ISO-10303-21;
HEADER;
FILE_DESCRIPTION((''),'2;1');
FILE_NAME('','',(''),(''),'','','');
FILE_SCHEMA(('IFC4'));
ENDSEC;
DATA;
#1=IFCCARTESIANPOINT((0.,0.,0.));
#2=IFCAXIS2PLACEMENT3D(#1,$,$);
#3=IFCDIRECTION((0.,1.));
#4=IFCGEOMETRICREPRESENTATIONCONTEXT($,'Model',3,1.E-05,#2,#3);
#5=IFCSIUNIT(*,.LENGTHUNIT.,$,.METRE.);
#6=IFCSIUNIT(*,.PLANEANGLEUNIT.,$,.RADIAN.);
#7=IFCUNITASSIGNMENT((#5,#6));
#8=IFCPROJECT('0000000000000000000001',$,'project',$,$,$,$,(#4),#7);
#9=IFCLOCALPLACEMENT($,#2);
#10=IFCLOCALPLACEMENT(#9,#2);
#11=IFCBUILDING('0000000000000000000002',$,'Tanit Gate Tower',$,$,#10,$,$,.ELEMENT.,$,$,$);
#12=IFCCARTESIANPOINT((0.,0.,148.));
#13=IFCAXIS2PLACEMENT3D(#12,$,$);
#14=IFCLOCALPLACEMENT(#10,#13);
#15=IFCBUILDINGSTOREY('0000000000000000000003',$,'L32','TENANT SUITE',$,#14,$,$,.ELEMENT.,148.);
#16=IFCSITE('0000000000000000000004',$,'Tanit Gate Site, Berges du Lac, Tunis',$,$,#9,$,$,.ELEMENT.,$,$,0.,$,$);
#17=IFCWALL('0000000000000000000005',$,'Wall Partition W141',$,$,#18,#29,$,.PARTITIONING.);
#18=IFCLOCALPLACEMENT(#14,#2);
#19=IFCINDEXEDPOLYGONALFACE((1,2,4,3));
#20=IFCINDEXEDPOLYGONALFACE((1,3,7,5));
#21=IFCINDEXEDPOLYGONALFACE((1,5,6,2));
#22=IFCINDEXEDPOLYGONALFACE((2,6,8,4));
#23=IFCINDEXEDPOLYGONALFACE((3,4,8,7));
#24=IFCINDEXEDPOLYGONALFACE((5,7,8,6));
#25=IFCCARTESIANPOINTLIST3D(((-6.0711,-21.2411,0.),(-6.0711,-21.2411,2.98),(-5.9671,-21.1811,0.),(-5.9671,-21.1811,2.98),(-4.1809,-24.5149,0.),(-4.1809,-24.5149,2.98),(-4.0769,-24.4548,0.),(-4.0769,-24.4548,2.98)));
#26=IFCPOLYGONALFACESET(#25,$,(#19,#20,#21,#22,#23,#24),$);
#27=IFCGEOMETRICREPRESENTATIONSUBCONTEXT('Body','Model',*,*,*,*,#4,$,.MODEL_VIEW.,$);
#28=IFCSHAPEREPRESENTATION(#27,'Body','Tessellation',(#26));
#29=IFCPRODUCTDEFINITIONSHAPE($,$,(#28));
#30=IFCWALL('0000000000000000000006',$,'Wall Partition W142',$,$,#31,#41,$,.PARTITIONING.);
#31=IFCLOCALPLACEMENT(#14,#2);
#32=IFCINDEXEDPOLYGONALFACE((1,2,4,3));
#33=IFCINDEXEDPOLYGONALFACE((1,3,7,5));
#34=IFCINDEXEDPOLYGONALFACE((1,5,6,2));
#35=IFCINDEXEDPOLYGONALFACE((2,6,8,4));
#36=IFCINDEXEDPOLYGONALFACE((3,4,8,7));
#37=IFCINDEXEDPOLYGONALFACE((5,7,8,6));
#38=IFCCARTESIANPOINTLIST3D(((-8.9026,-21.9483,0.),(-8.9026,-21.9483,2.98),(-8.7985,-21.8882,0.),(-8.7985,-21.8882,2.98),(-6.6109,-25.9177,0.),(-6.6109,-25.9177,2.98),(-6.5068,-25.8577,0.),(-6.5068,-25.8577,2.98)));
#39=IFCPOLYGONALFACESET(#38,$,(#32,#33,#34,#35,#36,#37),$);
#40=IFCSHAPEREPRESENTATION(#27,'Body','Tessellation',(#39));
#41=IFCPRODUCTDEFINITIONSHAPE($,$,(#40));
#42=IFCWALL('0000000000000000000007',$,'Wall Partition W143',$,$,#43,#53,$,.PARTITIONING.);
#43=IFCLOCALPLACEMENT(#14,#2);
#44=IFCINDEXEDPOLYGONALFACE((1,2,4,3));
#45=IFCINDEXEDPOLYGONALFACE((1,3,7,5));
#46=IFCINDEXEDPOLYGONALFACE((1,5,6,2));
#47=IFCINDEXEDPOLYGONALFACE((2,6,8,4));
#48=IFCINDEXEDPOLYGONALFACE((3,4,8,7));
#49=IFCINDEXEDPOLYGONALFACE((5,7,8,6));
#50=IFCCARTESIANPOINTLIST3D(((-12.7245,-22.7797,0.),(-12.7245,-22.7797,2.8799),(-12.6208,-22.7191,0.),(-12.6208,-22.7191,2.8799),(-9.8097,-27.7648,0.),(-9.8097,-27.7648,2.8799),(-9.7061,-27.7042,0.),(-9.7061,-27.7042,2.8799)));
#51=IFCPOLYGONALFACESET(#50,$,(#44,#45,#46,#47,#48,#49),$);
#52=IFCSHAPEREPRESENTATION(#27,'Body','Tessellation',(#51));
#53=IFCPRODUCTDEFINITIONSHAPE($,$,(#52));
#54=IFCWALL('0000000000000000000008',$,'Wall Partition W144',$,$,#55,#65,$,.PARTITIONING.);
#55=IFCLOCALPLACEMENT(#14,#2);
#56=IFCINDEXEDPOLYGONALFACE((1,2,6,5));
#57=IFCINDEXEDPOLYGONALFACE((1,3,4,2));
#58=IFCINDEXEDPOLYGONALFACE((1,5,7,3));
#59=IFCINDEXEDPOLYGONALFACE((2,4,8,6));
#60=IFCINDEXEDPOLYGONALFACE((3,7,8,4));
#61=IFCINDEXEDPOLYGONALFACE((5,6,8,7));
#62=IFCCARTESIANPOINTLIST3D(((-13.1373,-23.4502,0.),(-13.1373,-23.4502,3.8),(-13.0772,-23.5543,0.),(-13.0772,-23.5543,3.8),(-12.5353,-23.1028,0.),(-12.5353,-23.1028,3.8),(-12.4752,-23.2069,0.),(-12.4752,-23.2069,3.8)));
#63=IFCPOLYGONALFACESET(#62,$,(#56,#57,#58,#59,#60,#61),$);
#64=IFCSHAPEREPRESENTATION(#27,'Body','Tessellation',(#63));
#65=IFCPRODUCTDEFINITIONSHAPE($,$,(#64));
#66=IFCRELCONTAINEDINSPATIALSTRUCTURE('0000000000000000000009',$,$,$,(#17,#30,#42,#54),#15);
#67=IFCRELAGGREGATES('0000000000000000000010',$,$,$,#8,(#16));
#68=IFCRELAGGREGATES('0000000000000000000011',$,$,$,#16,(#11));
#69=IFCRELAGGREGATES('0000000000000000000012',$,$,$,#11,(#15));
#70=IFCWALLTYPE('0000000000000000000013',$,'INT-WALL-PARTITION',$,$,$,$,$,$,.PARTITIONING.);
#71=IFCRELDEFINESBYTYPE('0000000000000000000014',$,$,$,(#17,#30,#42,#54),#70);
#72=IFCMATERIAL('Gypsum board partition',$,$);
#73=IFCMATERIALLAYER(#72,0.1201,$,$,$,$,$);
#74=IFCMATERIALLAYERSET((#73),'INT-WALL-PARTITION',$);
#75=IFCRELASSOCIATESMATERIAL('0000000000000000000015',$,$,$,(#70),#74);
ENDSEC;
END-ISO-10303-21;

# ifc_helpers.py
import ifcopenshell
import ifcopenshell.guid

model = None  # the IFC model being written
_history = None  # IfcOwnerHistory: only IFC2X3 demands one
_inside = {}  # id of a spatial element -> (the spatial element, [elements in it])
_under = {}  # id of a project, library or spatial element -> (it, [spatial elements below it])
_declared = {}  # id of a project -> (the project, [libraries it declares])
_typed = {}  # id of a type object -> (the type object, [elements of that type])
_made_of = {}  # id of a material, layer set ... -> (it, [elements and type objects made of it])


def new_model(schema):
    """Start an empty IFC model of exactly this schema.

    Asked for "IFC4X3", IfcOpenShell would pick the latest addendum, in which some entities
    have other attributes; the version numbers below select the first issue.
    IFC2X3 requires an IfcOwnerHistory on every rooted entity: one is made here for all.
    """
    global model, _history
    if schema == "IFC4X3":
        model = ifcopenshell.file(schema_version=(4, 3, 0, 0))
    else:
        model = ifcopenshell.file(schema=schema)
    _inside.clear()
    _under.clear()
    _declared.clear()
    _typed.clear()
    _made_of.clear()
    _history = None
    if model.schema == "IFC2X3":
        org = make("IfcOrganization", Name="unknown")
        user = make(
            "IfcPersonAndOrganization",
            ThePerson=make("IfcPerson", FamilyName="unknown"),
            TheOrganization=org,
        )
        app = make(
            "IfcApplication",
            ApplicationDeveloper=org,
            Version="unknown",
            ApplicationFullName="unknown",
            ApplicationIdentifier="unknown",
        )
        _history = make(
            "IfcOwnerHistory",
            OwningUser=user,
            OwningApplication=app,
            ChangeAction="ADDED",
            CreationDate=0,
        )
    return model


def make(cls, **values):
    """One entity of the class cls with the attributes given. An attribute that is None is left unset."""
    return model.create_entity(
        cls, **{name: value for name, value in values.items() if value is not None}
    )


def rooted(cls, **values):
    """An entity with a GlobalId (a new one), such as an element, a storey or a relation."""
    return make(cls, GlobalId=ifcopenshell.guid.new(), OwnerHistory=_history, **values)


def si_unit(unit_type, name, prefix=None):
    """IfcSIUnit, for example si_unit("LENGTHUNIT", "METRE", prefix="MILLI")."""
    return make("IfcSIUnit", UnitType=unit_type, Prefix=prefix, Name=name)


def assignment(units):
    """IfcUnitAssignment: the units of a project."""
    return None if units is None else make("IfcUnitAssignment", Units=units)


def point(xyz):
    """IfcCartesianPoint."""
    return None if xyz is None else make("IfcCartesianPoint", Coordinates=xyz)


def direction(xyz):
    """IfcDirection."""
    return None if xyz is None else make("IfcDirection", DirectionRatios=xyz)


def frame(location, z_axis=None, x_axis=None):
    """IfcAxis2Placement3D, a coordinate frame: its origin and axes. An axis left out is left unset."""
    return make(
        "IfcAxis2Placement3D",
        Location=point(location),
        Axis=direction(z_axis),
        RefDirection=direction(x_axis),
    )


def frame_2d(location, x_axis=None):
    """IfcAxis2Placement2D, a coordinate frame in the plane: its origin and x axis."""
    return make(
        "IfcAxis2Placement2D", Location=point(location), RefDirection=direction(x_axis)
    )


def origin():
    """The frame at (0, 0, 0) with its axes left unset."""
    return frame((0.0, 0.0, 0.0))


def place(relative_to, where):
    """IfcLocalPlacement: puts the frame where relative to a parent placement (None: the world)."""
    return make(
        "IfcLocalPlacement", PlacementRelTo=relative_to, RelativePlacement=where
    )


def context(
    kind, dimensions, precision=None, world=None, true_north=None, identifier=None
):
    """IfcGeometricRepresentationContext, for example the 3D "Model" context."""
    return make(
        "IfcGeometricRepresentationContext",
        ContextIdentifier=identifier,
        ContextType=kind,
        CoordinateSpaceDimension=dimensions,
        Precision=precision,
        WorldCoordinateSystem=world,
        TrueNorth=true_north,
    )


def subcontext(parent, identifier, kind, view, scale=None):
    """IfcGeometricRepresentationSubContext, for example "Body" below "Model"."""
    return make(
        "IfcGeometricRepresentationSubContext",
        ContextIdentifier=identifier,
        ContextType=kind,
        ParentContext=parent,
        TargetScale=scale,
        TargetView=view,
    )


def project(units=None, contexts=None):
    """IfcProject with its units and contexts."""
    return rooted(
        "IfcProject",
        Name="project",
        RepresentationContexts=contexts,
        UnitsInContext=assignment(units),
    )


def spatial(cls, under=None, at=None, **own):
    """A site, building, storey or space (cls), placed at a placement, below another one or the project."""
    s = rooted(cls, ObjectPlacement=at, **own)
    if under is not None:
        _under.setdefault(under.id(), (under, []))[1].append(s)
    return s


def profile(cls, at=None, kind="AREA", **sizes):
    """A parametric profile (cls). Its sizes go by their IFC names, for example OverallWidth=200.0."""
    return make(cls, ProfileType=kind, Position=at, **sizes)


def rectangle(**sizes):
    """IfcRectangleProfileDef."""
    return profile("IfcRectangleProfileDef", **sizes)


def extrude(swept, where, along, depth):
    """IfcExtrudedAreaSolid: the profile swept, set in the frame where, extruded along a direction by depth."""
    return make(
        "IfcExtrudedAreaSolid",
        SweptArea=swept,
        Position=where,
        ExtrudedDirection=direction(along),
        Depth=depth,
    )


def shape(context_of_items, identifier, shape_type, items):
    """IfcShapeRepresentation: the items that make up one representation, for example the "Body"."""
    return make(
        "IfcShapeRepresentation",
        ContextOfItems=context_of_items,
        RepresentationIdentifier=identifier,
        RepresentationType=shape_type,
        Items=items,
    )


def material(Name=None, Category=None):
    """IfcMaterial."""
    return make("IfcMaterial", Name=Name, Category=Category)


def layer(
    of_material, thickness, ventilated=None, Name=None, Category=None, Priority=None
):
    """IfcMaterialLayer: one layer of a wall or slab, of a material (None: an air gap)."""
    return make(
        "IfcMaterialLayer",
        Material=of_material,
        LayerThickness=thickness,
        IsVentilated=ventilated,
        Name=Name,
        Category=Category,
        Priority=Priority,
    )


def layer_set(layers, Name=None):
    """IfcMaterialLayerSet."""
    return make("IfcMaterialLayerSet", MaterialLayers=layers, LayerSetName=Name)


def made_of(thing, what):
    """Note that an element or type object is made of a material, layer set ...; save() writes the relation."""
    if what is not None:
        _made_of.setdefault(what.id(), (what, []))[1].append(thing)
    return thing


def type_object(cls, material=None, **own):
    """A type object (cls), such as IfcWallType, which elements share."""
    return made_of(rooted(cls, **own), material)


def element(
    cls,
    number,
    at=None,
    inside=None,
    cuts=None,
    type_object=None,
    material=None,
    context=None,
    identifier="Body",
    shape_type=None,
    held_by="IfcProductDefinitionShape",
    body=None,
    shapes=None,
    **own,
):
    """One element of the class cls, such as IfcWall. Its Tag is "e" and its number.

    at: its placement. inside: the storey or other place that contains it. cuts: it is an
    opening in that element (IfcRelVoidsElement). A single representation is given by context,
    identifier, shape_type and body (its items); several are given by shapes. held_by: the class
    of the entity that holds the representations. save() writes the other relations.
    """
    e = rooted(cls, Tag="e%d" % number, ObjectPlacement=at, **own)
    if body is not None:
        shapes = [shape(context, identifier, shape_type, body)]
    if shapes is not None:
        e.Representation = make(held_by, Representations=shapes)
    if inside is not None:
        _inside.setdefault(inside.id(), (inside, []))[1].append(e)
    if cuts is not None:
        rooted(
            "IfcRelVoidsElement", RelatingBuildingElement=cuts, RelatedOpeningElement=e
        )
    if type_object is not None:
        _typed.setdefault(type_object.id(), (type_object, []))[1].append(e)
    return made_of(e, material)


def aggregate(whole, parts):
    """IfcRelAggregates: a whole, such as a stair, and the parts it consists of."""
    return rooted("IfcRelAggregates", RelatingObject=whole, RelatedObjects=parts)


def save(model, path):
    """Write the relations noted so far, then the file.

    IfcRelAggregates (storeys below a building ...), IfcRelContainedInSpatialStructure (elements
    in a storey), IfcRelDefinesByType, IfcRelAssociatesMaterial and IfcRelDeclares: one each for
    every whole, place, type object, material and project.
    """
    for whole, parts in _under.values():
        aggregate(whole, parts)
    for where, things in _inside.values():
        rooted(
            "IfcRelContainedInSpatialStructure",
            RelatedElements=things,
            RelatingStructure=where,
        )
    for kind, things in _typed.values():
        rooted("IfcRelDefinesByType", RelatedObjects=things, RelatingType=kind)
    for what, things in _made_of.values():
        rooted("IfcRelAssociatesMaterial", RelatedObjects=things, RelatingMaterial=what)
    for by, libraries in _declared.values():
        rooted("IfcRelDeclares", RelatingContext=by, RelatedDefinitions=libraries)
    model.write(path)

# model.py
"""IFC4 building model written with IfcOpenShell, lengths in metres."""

from ifc_helpers import new_model, si_unit, direction, frame, frame_2d, origin, place, context, subcontext, project, spatial, rectangle, extrude, material, layer, layer_set, type_object, element, save


model = new_model("IFC4")

# Units and contexts
model_context = context("Model", 3, precision=1e-05, world=origin(), true_north=direction((0.0, 1.0)))
body_context = subcontext(model_context, "Body", "Model", "MODEL_VIEW")
ifc_project = project(units=[si_unit("LENGTHUNIT", "METRE"), si_unit("PLANEANGLEUNIT", "RADIAN")], contexts=[model_context])

# Site, building, storey
site_placement = place(None, origin())
site = spatial("IfcSite", under=ifc_project, at=site_placement, Name="Tanit Gate Site, Berges du Lac, Tunis", CompositionType="ELEMENT", RefElevation=0.0)
building_placement = place(site_placement, origin())
building = spatial("IfcBuilding", under=site, at=building_placement, Name="Tanit Gate Tower", CompositionType="ELEMENT")
storey_placement = place(building_placement, frame((0.0, 0.0, 148.0)))
storey = spatial("IfcBuildingStorey", under=building, at=storey_placement, Name="L32", Description="TENANT SUITE", CompositionType="ELEMENT", Elevation=148.0)

# Shared definitions
ifc_material_1 = material(Name="Gypsum board partition")
ifc_layer_1 = layer(ifc_material_1, 0.1201)
ifc_layer_set_1 = layer_set([ifc_layer_1], Name="INT-WALL-PARTITION")
wall_type_1 = type_object("IfcWallType", Name="INT-WALL-PARTITION", PredefinedType="PARTITIONING", material=ifc_layer_set_1)

# Walls
wall_1_placement = place(storey_placement, frame((-4.1289, -24.4849, 0.0), z_axis=(0.0, 0.0, 1.0), x_axis=(-0.500015, 0.866017, 0.0)))
element("IfcWall", 1, at=wall_1_placement, inside=storey, type_object=wall_type_1, Name="Wall Partition W141", PredefinedType="PARTITIONING", context=body_context, shape_type="SweptSolid", body=[
    extrude(rectangle(XDim=3.7803, YDim=0.1201, at=frame_2d((1.8901, 0.0))), origin(), (0.0, 0.0, 1.0), 2.98),
])
wall_2_placement = place(storey_placement, frame((-6.5588, -25.8877, 0.0), z_axis=(0.0, 0.0, 1.0), x_axis=(-0.499994, 0.866029, 0.0)))
element("IfcWall", 2, at=wall_2_placement, inside=storey, type_object=wall_type_1, Name="Wall Partition W142", PredefinedType="PARTITIONING", context=body_context, shape_type="SweptSolid", body=[
    extrude(rectangle(XDim=4.5835, YDim=0.1201, at=frame_2d((2.2917, 0.0))), origin(), (0.0, 0.0, 1.0), 2.98),
])
wall_3_placement = place(storey_placement, frame((-12.6726, -22.7495, 0.0), z_axis=(0.0, 0.0, 1.0), x_axis=(0.504751, -0.863265, 0.0)))
element("IfcWall", 3, at=wall_3_placement, inside=storey, type_object=wall_type_1, Name="Wall Partition W143", PredefinedType="PARTITIONING", context=body_context, shape_type="SweptSolid", body=[
    extrude(rectangle(XDim=5.7747, YDim=0.1201, at=frame_2d((2.8872, 0.0))), origin(), (0.0, 0.0, 1.0), 2.8799),
])
wall_4_placement = place(storey_placement, frame((-12.5051, -23.1548, 0.0), z_axis=(0.0, 0.0, 1.0), x_axis=(-0.866139, -0.499804, 0.0)))
element("IfcWall", 4, at=wall_4_placement, inside=storey, type_object=wall_type_1, Name="Wall Partition W144", PredefinedType="PARTITIONING", context=body_context, shape_type="SweptSolid", body=[
    extrude(rectangle(XDim=0.6951, YDim=0.1201, at=frame_2d((0.3477, 0.0))), origin(), (0.0, 0.0, 1.0), 3.8),
])

save(model, "model.ifc")
